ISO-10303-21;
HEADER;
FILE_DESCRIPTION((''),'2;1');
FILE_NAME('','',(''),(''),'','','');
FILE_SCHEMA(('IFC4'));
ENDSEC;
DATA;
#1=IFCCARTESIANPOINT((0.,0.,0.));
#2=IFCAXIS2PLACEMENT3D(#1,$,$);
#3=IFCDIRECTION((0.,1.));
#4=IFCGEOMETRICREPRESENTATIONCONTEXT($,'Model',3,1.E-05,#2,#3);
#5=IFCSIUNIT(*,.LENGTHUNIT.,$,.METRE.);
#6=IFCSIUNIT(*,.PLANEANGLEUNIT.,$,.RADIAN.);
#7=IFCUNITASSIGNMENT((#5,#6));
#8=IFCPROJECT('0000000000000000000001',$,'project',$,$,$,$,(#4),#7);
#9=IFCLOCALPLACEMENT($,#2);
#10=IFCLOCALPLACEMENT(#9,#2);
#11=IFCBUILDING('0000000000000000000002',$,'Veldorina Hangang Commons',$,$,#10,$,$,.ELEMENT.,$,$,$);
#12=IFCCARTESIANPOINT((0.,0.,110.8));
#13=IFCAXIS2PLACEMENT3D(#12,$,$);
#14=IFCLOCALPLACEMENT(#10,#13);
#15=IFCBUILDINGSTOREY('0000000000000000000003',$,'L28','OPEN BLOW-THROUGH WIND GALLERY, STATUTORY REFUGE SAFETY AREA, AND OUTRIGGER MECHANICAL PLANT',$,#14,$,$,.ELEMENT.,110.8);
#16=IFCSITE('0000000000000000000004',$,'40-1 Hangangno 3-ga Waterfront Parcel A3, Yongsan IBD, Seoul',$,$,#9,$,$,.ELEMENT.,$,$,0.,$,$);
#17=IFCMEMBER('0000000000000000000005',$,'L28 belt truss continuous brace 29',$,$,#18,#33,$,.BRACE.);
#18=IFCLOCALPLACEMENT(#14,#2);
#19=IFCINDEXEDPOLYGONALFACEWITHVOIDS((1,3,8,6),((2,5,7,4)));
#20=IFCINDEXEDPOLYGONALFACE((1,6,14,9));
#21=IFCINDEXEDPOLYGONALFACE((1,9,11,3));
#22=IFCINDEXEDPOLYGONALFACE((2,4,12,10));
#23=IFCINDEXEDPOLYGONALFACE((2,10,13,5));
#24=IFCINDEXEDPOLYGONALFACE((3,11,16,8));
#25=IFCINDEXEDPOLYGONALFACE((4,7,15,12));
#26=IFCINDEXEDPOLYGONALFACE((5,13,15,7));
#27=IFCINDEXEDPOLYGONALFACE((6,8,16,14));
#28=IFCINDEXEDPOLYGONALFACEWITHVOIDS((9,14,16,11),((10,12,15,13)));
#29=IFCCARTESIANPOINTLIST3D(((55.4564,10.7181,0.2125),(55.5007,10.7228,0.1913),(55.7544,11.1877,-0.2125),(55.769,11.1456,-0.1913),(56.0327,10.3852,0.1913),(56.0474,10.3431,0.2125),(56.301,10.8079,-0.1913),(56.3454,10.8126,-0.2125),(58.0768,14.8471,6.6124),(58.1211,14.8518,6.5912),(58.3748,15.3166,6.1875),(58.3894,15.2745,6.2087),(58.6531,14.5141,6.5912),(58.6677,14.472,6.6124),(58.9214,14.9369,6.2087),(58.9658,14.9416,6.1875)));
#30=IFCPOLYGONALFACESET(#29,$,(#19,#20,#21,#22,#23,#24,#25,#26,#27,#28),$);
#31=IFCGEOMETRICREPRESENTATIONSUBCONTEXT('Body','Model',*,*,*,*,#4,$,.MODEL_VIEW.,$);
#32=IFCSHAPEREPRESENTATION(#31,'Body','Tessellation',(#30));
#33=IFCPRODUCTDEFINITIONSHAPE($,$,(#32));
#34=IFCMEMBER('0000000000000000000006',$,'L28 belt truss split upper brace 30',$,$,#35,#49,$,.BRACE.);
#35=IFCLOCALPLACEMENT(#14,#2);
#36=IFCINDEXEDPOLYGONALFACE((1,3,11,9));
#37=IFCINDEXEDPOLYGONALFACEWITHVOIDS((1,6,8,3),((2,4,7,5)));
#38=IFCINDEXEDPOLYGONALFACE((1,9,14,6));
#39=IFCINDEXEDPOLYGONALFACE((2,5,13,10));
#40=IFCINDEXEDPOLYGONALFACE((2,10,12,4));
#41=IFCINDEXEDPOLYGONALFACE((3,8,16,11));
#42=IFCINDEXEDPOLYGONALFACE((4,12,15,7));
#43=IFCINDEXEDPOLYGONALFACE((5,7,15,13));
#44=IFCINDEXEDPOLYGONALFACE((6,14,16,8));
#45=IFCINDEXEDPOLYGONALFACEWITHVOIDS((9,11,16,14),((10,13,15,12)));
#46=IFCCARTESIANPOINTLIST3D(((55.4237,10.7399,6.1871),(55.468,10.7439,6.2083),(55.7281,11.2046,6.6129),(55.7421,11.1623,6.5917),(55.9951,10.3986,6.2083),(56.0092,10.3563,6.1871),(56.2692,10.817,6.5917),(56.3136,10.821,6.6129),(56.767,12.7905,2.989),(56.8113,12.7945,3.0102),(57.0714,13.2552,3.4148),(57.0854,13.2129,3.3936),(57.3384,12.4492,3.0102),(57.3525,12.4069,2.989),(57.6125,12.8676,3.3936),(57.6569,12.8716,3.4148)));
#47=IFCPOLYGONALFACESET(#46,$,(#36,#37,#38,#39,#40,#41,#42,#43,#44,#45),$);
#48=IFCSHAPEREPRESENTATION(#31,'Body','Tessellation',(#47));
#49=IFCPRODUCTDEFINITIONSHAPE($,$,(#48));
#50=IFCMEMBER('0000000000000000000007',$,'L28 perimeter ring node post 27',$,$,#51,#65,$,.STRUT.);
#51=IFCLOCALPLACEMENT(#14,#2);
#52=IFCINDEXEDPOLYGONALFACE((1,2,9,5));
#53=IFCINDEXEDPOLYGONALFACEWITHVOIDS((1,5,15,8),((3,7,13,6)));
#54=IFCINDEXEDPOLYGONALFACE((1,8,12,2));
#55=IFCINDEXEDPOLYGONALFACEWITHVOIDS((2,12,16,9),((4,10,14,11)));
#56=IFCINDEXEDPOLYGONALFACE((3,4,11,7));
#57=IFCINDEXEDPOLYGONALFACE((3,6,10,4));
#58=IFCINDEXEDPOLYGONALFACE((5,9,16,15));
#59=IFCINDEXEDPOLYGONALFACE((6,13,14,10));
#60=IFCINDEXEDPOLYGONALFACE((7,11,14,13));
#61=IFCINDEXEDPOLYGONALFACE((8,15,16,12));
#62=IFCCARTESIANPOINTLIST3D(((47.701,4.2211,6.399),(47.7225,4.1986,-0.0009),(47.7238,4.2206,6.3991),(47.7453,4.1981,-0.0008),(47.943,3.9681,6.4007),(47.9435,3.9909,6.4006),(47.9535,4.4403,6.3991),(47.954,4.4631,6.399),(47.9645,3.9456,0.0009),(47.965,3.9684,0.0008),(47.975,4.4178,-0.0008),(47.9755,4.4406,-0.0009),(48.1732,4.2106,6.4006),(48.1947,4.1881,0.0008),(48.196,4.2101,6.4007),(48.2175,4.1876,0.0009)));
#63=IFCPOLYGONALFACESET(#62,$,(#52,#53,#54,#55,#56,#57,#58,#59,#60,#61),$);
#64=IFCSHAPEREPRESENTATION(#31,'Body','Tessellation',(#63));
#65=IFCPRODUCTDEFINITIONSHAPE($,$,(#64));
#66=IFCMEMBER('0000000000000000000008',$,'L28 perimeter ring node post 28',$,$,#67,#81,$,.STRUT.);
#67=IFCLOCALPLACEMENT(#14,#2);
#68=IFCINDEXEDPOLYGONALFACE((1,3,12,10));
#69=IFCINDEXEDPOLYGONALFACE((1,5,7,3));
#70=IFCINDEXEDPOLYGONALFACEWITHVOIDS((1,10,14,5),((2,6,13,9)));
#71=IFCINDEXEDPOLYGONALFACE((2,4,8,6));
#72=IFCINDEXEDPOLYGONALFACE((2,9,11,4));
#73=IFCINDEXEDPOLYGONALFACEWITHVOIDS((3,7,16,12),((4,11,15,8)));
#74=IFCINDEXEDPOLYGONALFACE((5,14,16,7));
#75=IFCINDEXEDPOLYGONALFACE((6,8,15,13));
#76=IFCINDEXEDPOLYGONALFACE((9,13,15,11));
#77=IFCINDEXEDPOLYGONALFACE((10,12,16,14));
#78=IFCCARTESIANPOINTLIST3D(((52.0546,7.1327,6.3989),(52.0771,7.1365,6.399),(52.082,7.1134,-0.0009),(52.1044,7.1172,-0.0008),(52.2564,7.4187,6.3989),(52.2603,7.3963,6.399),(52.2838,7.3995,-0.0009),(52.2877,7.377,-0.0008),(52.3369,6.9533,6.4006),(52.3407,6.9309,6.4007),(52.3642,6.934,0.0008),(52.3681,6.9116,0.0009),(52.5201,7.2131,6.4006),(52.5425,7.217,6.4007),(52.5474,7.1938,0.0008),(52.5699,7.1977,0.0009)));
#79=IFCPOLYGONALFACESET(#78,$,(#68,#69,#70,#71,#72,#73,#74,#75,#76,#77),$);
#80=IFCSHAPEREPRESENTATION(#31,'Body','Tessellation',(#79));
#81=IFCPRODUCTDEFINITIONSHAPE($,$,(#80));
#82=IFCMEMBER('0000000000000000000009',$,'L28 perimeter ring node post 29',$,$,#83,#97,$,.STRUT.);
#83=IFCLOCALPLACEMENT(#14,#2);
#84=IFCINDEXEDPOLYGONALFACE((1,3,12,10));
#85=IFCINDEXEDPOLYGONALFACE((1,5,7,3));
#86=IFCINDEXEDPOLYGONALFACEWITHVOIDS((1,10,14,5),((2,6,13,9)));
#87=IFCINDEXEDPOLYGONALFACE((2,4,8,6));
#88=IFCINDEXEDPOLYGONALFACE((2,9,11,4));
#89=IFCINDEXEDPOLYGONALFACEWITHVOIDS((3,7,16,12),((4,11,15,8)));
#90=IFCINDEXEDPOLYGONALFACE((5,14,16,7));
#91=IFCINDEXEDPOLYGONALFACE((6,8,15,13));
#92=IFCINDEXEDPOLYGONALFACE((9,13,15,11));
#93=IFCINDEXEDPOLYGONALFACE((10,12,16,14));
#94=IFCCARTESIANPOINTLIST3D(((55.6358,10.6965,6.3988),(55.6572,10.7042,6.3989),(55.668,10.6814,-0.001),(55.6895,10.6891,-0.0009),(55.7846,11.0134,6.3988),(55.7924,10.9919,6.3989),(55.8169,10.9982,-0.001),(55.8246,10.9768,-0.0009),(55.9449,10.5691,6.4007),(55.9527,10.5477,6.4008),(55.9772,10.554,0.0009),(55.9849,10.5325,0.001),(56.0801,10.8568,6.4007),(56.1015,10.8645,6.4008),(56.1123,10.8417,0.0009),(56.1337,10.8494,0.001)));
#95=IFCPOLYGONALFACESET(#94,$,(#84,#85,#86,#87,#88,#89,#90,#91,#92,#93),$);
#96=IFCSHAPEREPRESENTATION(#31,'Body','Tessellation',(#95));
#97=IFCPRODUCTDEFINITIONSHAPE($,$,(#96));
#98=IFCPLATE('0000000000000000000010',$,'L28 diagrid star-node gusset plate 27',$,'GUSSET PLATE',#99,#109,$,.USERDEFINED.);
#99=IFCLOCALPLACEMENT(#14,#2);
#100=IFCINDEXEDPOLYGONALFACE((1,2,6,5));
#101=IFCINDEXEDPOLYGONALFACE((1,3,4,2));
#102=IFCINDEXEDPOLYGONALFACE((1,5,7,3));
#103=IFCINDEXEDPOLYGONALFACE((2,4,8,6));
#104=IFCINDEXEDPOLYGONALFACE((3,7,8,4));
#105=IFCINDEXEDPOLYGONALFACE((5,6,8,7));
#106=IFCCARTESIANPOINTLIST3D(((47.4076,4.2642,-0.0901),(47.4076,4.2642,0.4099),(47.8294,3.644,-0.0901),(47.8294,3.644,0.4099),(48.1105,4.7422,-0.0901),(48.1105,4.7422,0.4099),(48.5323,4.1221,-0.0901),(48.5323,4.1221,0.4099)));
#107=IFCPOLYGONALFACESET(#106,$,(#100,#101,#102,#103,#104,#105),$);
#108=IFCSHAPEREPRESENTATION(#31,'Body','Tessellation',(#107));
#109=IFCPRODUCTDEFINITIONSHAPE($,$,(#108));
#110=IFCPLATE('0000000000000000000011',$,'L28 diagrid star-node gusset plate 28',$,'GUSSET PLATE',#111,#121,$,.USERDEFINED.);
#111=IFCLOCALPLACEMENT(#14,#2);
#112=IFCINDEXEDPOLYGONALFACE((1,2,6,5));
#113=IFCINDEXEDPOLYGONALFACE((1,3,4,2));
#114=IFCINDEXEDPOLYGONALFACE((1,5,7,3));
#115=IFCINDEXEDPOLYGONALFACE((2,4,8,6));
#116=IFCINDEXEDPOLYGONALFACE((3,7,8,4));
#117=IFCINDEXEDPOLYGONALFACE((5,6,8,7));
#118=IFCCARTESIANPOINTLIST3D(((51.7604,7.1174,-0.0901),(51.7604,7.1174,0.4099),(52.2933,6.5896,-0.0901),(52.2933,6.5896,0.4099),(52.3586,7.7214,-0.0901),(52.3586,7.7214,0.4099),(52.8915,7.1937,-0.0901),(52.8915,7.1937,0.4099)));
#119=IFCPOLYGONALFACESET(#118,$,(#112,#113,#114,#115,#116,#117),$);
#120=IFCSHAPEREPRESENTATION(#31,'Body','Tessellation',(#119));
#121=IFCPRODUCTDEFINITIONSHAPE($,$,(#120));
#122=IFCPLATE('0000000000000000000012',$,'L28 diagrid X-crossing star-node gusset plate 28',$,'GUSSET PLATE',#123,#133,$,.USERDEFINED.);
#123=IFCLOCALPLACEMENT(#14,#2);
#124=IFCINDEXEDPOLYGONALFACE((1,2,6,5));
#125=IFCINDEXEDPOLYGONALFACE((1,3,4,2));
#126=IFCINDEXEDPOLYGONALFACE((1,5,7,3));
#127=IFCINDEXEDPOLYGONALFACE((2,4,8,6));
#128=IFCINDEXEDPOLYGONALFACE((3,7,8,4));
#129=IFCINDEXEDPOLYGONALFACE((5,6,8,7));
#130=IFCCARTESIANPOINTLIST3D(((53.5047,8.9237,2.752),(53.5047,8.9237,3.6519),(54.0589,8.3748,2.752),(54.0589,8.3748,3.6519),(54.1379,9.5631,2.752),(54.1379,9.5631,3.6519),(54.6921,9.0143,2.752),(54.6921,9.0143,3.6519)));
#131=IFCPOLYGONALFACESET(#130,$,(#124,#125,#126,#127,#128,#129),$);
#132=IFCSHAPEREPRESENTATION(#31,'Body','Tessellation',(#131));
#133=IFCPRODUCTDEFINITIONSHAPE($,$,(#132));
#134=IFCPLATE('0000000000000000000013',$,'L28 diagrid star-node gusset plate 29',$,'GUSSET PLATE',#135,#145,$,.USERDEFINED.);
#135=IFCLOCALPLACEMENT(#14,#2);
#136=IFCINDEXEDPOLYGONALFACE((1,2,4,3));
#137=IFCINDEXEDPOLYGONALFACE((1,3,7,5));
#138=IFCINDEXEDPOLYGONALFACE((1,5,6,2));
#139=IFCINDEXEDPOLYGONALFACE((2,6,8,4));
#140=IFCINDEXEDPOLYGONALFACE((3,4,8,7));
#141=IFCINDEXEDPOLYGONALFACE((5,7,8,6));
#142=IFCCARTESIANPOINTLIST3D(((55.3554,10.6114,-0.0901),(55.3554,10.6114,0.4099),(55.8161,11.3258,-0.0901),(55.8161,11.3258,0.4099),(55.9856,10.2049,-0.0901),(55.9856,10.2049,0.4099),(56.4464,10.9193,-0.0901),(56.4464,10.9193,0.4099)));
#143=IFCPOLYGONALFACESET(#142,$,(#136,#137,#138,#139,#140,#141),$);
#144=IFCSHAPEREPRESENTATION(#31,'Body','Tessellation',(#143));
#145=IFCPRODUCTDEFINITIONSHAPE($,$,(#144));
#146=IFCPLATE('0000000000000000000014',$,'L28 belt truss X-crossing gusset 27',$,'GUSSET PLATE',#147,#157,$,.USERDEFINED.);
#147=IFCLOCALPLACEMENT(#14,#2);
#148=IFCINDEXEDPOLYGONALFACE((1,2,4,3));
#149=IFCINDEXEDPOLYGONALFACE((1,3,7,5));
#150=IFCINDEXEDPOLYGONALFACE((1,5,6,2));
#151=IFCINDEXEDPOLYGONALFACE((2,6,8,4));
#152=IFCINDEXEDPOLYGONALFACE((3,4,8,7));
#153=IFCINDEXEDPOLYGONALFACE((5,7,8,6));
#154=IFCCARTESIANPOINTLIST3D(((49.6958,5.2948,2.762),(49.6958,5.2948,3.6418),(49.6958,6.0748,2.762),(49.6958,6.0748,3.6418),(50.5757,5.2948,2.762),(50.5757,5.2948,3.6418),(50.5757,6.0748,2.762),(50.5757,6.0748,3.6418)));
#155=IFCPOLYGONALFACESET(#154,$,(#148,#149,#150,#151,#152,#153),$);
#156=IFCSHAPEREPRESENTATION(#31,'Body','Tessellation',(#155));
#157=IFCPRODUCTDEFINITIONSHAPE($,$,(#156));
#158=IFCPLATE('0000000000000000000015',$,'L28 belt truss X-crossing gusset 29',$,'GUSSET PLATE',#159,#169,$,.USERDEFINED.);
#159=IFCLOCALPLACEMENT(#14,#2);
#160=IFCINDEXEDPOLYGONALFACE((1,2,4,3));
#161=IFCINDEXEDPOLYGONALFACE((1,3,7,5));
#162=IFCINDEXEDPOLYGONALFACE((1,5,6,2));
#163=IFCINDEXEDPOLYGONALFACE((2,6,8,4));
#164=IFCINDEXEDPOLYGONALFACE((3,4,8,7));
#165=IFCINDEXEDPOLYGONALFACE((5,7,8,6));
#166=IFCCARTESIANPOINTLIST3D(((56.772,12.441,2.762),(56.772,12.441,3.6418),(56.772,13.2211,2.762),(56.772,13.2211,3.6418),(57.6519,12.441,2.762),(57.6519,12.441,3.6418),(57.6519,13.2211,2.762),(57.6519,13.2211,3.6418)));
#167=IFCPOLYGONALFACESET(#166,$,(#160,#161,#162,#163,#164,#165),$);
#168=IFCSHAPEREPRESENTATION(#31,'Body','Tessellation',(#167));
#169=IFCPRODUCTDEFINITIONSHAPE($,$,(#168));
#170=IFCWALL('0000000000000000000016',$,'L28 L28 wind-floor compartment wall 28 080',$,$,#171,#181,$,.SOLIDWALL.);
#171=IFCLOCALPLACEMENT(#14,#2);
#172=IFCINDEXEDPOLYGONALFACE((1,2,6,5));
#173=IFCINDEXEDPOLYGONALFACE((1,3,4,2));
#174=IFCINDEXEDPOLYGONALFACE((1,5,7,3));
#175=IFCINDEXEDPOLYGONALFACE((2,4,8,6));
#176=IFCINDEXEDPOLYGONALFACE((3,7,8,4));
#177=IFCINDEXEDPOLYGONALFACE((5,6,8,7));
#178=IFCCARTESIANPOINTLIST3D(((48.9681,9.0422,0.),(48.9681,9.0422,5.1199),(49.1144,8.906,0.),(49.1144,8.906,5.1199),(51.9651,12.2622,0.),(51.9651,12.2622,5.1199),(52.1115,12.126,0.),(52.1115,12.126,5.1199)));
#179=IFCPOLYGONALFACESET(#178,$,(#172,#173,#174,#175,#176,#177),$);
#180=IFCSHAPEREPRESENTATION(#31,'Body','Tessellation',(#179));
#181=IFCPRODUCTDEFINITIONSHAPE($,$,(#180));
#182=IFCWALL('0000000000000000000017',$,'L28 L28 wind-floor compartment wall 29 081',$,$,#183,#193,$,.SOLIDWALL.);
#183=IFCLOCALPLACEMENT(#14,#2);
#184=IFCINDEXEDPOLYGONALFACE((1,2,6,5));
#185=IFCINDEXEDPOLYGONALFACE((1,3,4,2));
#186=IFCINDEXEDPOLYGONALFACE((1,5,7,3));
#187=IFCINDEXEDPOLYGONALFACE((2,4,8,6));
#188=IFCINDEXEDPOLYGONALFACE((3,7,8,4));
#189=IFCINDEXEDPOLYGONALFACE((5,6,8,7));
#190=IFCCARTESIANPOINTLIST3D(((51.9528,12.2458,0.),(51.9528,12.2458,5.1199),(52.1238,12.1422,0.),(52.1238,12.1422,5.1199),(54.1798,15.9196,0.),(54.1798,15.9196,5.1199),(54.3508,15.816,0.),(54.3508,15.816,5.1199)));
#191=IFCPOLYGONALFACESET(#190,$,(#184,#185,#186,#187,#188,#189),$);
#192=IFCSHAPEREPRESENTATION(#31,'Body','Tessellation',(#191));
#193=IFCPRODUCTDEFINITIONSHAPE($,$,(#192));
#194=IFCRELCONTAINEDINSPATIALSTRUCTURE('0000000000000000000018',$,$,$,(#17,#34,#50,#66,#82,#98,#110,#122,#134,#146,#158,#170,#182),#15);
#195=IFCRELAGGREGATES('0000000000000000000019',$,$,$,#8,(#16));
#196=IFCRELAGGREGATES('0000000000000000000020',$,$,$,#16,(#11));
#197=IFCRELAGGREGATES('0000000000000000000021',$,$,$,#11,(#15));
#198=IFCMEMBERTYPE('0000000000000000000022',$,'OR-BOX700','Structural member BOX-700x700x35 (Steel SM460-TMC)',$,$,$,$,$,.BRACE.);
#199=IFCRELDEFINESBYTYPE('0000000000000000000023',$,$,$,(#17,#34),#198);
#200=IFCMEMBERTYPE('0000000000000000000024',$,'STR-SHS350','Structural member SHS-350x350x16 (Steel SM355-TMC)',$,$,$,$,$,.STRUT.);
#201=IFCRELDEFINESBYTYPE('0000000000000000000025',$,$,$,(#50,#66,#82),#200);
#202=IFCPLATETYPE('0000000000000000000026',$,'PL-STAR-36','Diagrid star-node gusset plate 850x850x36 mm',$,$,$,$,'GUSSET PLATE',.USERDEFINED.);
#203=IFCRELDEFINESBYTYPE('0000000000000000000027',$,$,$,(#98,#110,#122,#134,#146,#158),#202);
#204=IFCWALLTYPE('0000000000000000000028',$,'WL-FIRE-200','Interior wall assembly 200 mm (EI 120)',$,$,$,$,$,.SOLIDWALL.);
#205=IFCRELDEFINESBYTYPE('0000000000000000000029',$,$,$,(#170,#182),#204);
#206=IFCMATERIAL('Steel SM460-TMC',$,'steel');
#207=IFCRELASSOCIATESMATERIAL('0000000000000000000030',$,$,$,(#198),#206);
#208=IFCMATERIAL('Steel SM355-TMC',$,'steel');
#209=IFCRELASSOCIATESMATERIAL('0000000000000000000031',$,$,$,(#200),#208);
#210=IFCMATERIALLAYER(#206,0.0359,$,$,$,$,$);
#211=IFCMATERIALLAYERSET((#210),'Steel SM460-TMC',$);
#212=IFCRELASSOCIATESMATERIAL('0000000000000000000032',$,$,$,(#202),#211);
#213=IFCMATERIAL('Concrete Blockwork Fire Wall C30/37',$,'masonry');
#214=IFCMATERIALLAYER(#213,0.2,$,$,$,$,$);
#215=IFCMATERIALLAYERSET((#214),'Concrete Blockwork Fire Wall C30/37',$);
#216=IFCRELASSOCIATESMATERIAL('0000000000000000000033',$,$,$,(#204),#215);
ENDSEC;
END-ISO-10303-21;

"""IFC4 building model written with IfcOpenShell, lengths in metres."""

from ifc_helpers import new_model, si_unit, direction, frame, frame_2d, origin, origin_2d, place, context, subcontext, project, spatial, rectangle, hollow_rectangle, extrude, material, layer, layer_set, material_profile, profile_set, type_object, element, save


model = new_model("IFC4")

# Units and contexts
model_context = context("Model", 3, precision=1e-05, world=origin(), true_north=direction((0.0, 1.0)))
body_context = subcontext(model_context, "Body", "Model", "MODEL_VIEW")
ifc_project = project(units=[si_unit("LENGTHUNIT", "METRE"), si_unit("PLANEANGLEUNIT", "RADIAN")], contexts=[model_context])

# Site, building, storey
site_placement = place(None, origin())
site = spatial("IfcSite", under=ifc_project, at=site_placement, Name="40-1 Hangangno 3-ga Waterfront Parcel A3, Yongsan IBD, Seoul", CompositionType="ELEMENT", RefElevation=0.0)
building_placement = place(site_placement, origin())
building = spatial("IfcBuilding", under=site, at=building_placement, Name="Veldorina Hangang Commons", CompositionType="ELEMENT")
storey_placement = place(building_placement, frame((0.0, 0.0, 110.8)))
storey = spatial("IfcBuildingStorey", under=building, at=storey_placement, Name="L28", Description="OPEN BLOW-THROUGH WIND GALLERY, STATUTORY REFUGE SAFETY AREA, AND OUTRIGGER MECHANICAL PLANT", CompositionType="ELEMENT", Elevation=110.8)

# Shared definitions
ifc_material_1 = material(Name="Steel SM460-TMC", Category="steel")
ifc_material_2 = material(Name="Steel SM355-TMC", Category="steel")

# Members
ifc_material_profile_1 = material_profile(ifc_material_1, hollow_rectangle(XDim=0.7, YDim=0.7, WallThickness=0.0349, at=origin_2d()), Name="BOX-700x700x35")
ifc_profile_set_1 = profile_set([ifc_material_profile_1], Name="Steel SM460-TMC")
member_type_1 = type_object("IfcMemberType", Name="OR-BOX700", Description="Structural member BOX-700x700x35 (Steel SM460-TMC)", PredefinedType="BRACE", material=ifc_profile_set_1)
member_1_placement = place(storey_placement, frame((55.9009, 10.7654, 0.0), z_axis=(0.325334, 0.512629, 0.794587), x_axis=(-0.844321, 0.535838, 0.0)))
element("IfcMember", 1, at=member_1_placement, inside=storey, type_object=member_type_1, Name="L28 belt truss continuous brace 29", PredefinedType="BRACE", context=body_context, shape_type="SweptSolid", body=[
    extrude(hollow_rectangle(XDim=0.7, YDim=0.7, WallThickness=0.0349, at=origin_2d()), origin(), (0.0, 0.0, 1.0), 8.0544),
])
member_2_placement = place(storey_placement, frame((57.2119, 12.8311, 3.2019), z_axis=(-0.333363, -0.508891, 0.793662), x_axis=(0.836497, -0.547971, 0.0)))
element("IfcMember", 2, at=member_2_placement, inside=storey, type_object=member_type_1, Name="L28 belt truss split upper brace 30", PredefinedType="BRACE", context=body_context, shape_type="SweptSolid", body=[
    extrude(hollow_rectangle(XDim=0.7, YDim=0.7, WallThickness=0.0349, at=origin_2d()), origin(), (0.0, 0.0, 1.0), 4.0295),
])
ifc_material_profile_2 = material_profile(ifc_material_2, hollow_rectangle(XDim=0.3501, YDim=0.3501, WallThickness=0.0161, at=origin_2d()), Name="SHS-350x350x16")
ifc_profile_set_2 = profile_set([ifc_material_profile_2], Name="Steel SM355-TMC")
member_type_2 = type_object("IfcMemberType", Name="STR-SHS350", Description="Structural member SHS-350x350x16 (Steel SM355-TMC)", PredefinedType="STRUT", material=ifc_profile_set_2)
for number, where, z_axis, x_axis, name in (
    (3, (47.97, 4.1931, 0.0), (-0.003357, 0.00351, 0.999988), (-0.722642, -0.691223, 0.0), "L28 perimeter ring node post 27"),
    (4, (52.3259, 7.1555, 0.0), (-0.004272, 0.003014, 0.999986), (-0.576397, -0.81717, 0.0), "L28 perimeter ring node post 28"),
    (5, (55.9009, 10.7654, 0.0), (-0.005035, 0.002365, 0.999985), (-0.425136, -0.905129, 0.0), "L28 perimeter ring node post 29"),
):
    element("IfcMember", number, at=place(storey_placement, frame(where, z_axis=z_axis, x_axis=x_axis)), inside=storey, type_object=member_type_2, Name=name, PredefinedType="STRUT", context=body_context, shape_type="SweptSolid", body=[
        extrude(hollow_rectangle(XDim=0.3501, YDim=0.3501, WallThickness=0.0161, at=origin_2d()), origin(), (0.0, 0.0, 1.0), 6.3999),
    ])

# Plates
ifc_layer_1 = layer(ifc_material_1, 0.0359)
ifc_layer_set_1 = layer_set([ifc_layer_1], Name="Steel SM460-TMC")
plate_type = type_object("IfcPlateType", Name="PL-STAR-36", Description="Diagrid star-node gusset plate 850x850x36 mm", ElementType="GUSSET PLATE", PredefinedType="USERDEFINED", material=ifc_layer_set_1)
for number, where, z_axis, x_axis, name in (
    (6, (47.97, 4.1931, -0.0901), (0.0, 0.0, 1.0), (0.826884, 0.562372, 0.0), "L28 diagrid star-node gusset plate 27"),
    (7, (52.3259, 7.1555, -0.0901), (0.0, 0.0, 1.0), (0.703668, 0.710529, 0.0), "L28 diagrid star-node gusset plate 28"),
):
    element("IfcPlate", number, at=place(storey_placement, frame(where, z_axis=z_axis, x_axis=x_axis)), inside=storey, type_object=plate_type, Name=name, ObjectType="GUSSET PLATE", PredefinedType="USERDEFINED", context=body_context, shape_type="SweptSolid", body=[
        extrude(rectangle(XDim=0.8501, YDim=0.75, at=origin_2d()), origin(), (0.0, 0.0, 1.0), 0.5),
    ])
plate_1_placement = place(storey_placement, frame((54.0984, 8.969, 2.752), z_axis=(0.0, 0.0, 1.0), x_axis=(0.703668, 0.710529, 0.0)))
element("IfcPlate", 8, at=plate_1_placement, inside=storey, type_object=plate_type, Name="L28 diagrid X-crossing star-node gusset plate 28", ObjectType="GUSSET PLATE", PredefinedType="USERDEFINED", context=body_context, shape_type="SweptSolid", body=[
    extrude(rectangle(XDim=0.8999, YDim=0.78, at=origin_2d()), origin(), (0.0, 0.0, 1.0), 0.8999),
])
plate_2_placement = place(storey_placement, frame((55.9009, 10.7654, -0.0901), z_axis=(0.0, 0.0, 1.0), x_axis=(0.542016, 0.840368, 0.0)))
element("IfcPlate", 9, at=plate_2_placement, inside=storey, type_object=plate_type, Name="L28 diagrid star-node gusset plate 29", ObjectType="GUSSET PLATE", PredefinedType="USERDEFINED", context=body_context, shape_type="SweptSolid", body=[
    extrude(rectangle(XDim=0.8501, YDim=0.75, at=origin_2d()), origin(), (0.0, 0.0, 1.0), 0.5),
])
for number, where, z_axis, x_axis, name in (
    (10, (50.1357, 5.6848, 2.762), (0.0, 0.0, 1.0), (1.0, 0.0, 0.0), "L28 belt truss X-crossing gusset 27"),
    (11, (57.2119, 12.8311, 2.762), (0.0, 0.0, 1.0), (1.0, 0.0, 0.0), "L28 belt truss X-crossing gusset 29"),
):
    element("IfcPlate", number, at=place(storey_placement, frame(where, z_axis=z_axis, x_axis=x_axis)), inside=storey, type_object=plate_type, Name=name, ObjectType="GUSSET PLATE", PredefinedType="USERDEFINED", context=body_context, shape_type="SweptSolid", body=[
        extrude(rectangle(XDim=0.8799, YDim=0.78, at=origin_2d()), origin(), (0.0, 0.0, 1.0), 0.8799),
    ])

# Walls
ifc_material_3 = material(Name="Concrete Blockwork Fire Wall C30/37", Category="masonry")
ifc_layer_2 = layer(ifc_material_3, 0.2)
ifc_layer_set_2 = layer_set([ifc_layer_2], Name="Concrete Blockwork Fire Wall C30/37")
wall_type = type_object("IfcWallType", Name="WL-FIRE-200", Description="Interior wall assembly 200 mm (EI 120)", PredefinedType="SOLIDWALL", material=ifc_layer_set_2)
wall_1_placement = place(storey_placement, frame((49.0413, 8.9741, 0.0), z_axis=(0.0, 0.0, 1.0), x_axis=(0.681317, 0.731988, 0.0)))
element("IfcWall", 12, at=wall_1_placement, inside=storey, type_object=wall_type, Name="L28 L28 wind-floor compartment wall 28 080", PredefinedType="SOLIDWALL", context=body_context, shape_type="SweptSolid", body=[
    extrude(rectangle(XDim=4.3989, YDim=0.2, at=frame_2d((2.1995, 0.0))), origin(), (0.0, 0.0, 1.0), 5.1199),
])
wall_2_placement = place(storey_placement, frame((52.0383, 12.1941, 0.0), z_axis=(0.0, 0.0, 1.0), x_axis=(0.518385, 0.855147, 0.0)))
element("IfcWall", 13, at=wall_2_placement, inside=storey, type_object=wall_type, Name="L28 L28 wind-floor compartment wall 29 081", PredefinedType="SOLIDWALL", context=body_context, shape_type="SweptSolid", body=[
    extrude(rectangle(XDim=4.2961, YDim=0.2, at=frame_2d((2.1479, 0.0))), origin(), (0.0, 0.0, 1.0), 5.1199),
])

save(model, "model.ifc")
